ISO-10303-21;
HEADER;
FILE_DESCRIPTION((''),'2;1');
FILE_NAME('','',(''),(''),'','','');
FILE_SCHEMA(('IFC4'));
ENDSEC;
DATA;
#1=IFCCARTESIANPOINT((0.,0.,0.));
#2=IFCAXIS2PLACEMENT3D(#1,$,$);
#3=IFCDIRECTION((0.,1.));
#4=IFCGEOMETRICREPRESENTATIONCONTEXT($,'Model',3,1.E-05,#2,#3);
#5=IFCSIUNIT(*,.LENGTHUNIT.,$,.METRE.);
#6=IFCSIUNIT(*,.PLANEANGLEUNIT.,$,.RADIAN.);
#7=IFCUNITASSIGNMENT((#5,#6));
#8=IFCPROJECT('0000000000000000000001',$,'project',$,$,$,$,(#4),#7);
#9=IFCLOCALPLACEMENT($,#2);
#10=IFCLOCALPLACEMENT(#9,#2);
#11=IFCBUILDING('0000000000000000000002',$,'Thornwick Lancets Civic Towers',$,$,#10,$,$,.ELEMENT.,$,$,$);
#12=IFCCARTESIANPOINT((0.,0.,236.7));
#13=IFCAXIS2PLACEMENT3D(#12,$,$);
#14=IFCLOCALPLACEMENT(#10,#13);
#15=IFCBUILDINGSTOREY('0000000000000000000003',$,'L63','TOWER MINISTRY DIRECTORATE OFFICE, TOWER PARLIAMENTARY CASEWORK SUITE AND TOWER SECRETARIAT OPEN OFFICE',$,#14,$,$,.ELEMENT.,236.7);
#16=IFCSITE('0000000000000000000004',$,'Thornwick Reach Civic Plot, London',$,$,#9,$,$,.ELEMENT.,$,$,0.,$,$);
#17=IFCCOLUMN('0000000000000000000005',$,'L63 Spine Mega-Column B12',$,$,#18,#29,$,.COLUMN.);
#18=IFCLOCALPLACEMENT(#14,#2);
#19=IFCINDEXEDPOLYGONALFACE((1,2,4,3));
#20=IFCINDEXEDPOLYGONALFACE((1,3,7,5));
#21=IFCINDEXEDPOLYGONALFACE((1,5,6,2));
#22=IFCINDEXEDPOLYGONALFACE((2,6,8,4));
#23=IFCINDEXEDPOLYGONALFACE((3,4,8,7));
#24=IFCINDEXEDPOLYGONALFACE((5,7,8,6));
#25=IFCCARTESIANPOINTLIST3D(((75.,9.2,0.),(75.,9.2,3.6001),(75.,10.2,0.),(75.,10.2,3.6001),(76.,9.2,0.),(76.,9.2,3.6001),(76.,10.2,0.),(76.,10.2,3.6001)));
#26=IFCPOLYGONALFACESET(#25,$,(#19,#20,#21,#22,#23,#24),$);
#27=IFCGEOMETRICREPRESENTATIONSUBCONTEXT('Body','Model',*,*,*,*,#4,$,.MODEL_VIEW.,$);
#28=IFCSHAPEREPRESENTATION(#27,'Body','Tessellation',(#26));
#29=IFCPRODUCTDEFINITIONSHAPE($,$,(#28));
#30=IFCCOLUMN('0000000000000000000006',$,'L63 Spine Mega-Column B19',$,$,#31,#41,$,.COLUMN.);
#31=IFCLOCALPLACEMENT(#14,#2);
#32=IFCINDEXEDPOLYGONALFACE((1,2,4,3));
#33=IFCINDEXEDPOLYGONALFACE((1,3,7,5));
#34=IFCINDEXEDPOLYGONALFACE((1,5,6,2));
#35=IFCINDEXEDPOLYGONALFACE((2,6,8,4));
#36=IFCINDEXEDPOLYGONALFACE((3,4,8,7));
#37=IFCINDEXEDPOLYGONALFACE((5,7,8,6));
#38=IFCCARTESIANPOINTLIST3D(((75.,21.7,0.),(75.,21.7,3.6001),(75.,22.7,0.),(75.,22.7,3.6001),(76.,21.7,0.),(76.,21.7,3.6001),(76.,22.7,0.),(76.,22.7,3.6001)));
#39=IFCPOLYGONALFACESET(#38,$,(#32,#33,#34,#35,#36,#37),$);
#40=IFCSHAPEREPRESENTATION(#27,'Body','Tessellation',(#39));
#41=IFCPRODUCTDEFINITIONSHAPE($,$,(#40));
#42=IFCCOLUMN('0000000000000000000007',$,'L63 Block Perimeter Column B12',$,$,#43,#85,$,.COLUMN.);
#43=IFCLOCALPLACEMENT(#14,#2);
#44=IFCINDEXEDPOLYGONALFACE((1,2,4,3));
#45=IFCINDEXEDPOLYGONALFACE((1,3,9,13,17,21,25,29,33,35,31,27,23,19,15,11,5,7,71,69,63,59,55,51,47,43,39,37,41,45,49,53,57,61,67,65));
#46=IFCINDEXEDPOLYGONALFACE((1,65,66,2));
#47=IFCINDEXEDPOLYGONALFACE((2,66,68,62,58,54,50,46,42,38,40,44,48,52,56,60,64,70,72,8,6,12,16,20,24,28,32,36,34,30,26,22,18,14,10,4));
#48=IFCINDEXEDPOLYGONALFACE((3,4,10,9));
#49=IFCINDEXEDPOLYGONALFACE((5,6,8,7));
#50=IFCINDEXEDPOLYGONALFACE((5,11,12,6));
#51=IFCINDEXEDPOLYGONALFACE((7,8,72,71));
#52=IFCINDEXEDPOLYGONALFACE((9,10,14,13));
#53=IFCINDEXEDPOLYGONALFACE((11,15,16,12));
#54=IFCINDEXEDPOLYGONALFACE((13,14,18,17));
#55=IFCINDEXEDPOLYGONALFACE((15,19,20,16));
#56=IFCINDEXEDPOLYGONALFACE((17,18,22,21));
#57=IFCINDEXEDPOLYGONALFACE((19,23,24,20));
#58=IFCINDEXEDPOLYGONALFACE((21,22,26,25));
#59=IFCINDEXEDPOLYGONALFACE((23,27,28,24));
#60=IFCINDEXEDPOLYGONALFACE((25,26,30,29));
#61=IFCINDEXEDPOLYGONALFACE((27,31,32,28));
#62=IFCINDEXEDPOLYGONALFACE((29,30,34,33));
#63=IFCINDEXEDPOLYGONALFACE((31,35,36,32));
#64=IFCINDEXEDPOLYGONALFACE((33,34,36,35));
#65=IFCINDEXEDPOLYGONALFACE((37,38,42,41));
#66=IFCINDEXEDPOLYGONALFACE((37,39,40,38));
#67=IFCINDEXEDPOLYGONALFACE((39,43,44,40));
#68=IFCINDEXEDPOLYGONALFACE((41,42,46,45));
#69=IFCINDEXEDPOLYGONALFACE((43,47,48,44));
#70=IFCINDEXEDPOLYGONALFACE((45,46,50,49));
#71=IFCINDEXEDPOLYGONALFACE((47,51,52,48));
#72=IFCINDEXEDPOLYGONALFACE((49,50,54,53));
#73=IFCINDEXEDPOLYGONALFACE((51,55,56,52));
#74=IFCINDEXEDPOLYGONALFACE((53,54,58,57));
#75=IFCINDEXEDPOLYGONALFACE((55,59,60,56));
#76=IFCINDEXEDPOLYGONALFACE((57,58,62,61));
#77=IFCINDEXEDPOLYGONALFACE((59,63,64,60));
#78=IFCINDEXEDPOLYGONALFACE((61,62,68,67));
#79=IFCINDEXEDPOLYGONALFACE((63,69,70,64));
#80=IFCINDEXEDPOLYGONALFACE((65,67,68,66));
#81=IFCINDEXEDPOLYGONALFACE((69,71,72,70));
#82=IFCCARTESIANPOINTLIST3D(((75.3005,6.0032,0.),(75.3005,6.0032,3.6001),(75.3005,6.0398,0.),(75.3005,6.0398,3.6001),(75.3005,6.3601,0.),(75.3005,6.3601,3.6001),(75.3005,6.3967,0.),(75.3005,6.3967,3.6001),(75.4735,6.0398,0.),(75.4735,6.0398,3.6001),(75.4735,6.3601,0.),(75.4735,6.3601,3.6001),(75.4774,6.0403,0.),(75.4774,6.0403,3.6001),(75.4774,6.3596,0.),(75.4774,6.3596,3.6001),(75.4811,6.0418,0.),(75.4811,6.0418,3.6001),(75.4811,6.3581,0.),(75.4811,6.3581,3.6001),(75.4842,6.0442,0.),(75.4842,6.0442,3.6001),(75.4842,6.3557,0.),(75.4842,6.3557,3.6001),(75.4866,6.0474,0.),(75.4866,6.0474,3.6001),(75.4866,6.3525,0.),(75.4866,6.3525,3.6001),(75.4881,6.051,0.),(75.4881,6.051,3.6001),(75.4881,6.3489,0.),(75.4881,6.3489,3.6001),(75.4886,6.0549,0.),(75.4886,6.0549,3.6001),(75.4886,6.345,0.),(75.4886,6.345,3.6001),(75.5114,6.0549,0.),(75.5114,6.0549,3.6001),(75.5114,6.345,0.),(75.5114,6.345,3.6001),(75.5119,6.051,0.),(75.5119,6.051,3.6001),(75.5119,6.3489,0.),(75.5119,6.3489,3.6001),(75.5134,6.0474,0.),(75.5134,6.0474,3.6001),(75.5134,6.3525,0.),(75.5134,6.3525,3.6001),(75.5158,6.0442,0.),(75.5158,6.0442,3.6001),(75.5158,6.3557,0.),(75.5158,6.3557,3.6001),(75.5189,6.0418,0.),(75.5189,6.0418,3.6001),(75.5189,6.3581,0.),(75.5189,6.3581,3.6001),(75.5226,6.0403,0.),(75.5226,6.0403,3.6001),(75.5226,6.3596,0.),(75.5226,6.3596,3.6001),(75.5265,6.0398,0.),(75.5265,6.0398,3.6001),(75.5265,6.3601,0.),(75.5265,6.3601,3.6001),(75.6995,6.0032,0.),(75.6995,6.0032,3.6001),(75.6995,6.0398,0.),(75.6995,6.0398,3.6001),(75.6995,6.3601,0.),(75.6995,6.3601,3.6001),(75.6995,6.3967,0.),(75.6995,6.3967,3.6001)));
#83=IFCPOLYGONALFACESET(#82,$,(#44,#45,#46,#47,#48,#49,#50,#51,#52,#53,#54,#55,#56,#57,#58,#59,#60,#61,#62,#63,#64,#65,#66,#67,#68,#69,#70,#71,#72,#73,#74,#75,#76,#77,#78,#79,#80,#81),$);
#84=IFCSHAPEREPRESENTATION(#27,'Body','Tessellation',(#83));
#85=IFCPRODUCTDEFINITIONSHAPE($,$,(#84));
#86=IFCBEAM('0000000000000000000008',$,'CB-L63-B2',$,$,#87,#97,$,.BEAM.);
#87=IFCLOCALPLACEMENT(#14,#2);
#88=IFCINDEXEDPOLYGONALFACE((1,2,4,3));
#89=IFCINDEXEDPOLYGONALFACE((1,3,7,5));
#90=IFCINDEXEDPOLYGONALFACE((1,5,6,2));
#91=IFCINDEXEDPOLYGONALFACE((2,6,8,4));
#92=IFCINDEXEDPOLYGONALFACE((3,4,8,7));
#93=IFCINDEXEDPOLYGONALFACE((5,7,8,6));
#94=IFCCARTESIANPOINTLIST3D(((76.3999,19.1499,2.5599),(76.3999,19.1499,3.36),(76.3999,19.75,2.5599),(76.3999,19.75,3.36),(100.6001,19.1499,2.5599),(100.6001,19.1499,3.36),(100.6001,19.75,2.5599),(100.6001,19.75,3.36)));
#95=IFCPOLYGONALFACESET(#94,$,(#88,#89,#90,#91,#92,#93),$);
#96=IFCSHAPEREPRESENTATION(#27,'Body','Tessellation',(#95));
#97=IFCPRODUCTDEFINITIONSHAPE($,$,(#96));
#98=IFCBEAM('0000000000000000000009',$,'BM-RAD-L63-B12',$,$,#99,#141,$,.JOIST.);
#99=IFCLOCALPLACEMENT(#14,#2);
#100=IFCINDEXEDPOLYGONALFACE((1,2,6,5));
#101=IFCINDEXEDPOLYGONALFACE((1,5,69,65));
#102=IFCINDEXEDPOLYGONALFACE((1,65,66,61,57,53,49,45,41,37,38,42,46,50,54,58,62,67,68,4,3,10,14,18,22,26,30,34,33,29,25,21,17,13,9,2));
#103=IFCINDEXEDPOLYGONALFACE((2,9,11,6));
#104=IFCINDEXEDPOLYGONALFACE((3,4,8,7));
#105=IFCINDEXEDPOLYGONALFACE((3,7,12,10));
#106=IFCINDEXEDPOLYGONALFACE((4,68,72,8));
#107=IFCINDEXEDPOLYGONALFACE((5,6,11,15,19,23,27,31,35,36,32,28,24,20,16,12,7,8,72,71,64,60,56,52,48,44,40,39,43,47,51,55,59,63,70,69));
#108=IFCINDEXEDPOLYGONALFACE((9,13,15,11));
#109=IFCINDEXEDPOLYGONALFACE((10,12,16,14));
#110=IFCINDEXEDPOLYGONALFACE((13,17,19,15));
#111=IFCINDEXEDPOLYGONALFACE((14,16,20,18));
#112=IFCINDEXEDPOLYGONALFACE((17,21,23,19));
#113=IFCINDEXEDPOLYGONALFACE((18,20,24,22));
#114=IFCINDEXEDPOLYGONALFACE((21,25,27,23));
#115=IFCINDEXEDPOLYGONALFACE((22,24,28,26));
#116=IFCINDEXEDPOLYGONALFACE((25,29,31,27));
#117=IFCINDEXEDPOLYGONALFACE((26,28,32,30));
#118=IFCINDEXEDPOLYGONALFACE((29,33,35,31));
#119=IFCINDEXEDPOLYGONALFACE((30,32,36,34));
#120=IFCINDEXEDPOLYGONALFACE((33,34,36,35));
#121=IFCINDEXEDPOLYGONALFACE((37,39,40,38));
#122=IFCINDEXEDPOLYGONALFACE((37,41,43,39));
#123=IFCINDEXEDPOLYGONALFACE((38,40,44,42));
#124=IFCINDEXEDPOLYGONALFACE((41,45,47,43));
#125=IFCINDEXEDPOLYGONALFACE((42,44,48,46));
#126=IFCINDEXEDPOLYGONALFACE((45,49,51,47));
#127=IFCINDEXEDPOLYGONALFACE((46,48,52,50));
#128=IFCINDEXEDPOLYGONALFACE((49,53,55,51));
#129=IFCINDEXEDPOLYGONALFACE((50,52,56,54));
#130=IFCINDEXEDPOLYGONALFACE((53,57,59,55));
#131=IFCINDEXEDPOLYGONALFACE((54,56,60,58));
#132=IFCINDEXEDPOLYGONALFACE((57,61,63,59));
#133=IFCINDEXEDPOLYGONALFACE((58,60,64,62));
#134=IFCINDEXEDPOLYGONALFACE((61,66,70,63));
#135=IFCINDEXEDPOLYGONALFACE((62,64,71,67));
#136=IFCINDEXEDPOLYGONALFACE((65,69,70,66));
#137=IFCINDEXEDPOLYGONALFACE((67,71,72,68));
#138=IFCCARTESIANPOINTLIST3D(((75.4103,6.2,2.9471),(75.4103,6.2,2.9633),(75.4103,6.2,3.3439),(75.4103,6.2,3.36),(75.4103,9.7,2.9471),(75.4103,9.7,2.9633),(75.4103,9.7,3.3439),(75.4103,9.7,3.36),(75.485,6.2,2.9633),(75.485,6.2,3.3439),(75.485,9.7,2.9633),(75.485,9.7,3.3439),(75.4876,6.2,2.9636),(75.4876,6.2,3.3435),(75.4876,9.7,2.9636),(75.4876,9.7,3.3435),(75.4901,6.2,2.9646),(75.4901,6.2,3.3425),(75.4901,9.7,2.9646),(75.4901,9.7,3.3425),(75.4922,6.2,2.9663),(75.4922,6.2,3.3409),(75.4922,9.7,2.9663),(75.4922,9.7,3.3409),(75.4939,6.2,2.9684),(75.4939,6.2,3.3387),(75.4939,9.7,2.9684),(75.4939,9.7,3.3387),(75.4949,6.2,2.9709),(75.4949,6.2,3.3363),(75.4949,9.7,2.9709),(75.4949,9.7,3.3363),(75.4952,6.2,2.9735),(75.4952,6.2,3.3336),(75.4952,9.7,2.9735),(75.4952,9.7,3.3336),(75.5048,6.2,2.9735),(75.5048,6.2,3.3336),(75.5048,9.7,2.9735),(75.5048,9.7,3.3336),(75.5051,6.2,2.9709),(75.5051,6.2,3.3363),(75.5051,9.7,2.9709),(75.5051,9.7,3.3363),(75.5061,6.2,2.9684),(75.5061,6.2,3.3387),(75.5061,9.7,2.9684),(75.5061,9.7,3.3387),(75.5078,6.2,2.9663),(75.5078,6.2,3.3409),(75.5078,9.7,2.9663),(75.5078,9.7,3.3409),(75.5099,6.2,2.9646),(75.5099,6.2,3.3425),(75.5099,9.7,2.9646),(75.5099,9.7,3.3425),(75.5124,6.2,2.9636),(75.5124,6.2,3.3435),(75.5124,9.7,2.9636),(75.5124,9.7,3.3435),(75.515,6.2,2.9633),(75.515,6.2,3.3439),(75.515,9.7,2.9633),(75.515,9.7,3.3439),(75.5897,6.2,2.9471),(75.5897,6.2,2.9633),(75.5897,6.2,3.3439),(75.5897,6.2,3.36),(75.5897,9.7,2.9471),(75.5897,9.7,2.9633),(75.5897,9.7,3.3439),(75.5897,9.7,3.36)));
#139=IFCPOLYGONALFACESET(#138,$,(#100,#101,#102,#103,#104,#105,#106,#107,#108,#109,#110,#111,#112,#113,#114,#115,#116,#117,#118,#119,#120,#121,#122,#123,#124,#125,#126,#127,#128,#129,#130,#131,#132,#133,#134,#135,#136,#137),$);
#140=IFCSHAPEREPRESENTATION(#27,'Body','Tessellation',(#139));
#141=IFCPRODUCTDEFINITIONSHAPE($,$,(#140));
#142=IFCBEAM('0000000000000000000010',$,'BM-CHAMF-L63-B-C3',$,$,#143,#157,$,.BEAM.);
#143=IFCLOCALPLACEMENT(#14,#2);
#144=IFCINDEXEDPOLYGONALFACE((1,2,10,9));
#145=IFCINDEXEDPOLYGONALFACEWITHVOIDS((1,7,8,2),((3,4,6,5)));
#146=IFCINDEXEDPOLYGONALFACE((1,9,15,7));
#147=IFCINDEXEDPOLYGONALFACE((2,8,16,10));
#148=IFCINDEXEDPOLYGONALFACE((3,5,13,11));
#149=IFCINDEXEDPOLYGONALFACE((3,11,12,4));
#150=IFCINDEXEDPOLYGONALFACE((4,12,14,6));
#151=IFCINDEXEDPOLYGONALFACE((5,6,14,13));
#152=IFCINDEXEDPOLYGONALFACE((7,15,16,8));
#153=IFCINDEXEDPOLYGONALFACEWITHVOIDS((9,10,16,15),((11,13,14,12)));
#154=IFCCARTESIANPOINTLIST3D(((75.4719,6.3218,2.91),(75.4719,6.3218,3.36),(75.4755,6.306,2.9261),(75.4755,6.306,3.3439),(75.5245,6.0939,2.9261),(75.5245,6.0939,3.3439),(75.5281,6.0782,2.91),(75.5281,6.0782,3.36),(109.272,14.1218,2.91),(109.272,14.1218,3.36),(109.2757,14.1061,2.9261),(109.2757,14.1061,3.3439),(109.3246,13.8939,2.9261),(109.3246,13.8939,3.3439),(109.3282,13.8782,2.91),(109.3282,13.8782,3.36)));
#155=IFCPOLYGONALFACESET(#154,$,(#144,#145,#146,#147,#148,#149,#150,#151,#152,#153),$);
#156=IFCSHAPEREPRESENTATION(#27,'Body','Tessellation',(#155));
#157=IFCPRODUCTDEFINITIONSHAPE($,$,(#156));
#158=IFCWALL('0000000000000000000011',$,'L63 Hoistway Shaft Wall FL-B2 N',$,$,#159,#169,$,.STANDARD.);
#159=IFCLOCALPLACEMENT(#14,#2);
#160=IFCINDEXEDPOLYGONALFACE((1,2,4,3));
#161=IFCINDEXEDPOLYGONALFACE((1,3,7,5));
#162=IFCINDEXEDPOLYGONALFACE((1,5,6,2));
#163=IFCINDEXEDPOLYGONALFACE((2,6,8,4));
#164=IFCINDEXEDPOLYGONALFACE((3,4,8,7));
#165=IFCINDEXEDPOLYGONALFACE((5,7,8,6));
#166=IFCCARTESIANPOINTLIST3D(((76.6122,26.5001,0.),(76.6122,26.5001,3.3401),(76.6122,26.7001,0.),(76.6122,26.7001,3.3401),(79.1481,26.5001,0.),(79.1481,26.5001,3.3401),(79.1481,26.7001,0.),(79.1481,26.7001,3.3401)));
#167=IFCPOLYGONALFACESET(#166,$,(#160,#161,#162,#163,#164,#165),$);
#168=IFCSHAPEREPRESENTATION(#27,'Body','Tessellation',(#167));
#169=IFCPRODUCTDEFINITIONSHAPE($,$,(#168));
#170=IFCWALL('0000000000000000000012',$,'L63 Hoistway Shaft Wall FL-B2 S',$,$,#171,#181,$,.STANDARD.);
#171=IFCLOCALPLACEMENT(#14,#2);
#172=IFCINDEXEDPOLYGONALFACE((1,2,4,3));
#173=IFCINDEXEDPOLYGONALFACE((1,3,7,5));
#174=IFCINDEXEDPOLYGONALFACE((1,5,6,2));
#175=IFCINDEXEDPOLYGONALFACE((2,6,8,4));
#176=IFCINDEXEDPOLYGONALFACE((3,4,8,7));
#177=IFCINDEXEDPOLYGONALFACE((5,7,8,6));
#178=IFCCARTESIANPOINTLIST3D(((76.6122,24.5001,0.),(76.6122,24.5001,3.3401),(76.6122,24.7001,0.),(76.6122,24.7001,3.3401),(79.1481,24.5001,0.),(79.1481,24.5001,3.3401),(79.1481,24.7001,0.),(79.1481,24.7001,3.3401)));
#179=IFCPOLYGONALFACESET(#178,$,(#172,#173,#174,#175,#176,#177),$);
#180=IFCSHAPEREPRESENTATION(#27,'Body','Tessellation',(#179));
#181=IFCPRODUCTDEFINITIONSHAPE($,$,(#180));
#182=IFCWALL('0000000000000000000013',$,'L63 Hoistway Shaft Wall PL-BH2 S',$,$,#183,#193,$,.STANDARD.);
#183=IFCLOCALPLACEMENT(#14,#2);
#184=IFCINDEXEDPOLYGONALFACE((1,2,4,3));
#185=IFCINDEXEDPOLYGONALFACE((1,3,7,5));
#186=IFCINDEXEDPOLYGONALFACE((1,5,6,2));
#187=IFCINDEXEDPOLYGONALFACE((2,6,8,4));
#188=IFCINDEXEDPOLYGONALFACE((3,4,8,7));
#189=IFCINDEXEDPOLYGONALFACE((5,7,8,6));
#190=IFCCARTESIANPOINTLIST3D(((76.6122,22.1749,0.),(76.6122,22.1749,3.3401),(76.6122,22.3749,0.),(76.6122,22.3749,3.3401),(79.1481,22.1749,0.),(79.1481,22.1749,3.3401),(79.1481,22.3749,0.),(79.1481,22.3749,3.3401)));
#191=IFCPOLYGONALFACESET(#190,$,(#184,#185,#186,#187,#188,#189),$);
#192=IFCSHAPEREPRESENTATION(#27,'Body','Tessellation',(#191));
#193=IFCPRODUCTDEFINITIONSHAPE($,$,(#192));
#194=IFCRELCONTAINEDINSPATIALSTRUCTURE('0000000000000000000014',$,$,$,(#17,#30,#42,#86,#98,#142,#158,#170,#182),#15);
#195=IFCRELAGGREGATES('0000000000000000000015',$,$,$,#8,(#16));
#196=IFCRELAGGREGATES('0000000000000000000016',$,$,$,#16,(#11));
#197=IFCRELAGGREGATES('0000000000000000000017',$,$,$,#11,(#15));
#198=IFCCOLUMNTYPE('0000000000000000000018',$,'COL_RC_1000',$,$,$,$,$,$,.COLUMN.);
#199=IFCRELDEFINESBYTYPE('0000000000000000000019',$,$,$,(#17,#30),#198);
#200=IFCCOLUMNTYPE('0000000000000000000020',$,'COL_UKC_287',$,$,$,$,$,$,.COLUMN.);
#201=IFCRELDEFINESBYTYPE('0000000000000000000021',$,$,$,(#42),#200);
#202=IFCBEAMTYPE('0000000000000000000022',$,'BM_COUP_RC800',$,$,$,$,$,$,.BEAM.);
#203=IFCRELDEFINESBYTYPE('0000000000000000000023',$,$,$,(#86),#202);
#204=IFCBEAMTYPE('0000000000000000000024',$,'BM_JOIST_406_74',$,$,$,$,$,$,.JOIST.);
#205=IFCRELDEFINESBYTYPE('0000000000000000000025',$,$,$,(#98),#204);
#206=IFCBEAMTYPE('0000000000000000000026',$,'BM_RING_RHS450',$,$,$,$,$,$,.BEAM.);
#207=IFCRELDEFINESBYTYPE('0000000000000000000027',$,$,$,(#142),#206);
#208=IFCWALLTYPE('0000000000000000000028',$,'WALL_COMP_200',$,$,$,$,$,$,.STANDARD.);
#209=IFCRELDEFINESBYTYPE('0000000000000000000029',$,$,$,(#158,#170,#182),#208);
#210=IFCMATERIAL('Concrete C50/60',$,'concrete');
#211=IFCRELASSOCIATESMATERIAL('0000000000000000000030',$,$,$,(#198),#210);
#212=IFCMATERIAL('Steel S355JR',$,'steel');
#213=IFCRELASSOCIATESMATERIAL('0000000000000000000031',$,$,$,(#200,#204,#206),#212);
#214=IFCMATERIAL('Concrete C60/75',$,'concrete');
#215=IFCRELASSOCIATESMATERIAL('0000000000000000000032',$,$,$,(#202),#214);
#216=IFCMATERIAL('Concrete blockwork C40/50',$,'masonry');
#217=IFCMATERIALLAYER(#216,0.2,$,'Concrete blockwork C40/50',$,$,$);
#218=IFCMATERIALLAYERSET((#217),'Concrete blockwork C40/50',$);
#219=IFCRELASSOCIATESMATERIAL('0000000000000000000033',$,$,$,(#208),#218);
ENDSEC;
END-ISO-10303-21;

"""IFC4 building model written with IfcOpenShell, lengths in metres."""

from ifc_helpers import new_model, si_unit, direction, frame, frame_2d, origin, origin_2d, place, context, subcontext, project, spatial, rectangle, hollow_rectangle, i_section, extrude, material, layer, layer_set, material_profile, profile_set, type_object, element, save


model = new_model("IFC4")

# Units and contexts
model_context = context("Model", 3, precision=1e-05, world=origin(), true_north=direction((0.0, 1.0)))
body_context = subcontext(model_context, "Body", "Model", "MODEL_VIEW")
ifc_project = project(units=[si_unit("LENGTHUNIT", "METRE"), si_unit("PLANEANGLEUNIT", "RADIAN")], contexts=[model_context])

# Site, building, storey
site_placement = place(None, origin())
site = spatial("IfcSite", under=ifc_project, at=site_placement, Name="Thornwick Reach Civic Plot, London", CompositionType="ELEMENT", RefElevation=0.0)
building_placement = place(site_placement, origin())
building = spatial("IfcBuilding", under=site, at=building_placement, Name="Thornwick Lancets Civic Towers", CompositionType="ELEMENT")
storey_placement = place(building_placement, frame((0.0, 0.0, 236.7)))
storey = spatial("IfcBuildingStorey", under=building, at=storey_placement, Name="L63", Description="TOWER MINISTRY DIRECTORATE OFFICE, TOWER PARLIAMENTARY CASEWORK SUITE AND TOWER SECRETARIAT OPEN OFFICE", CompositionType="ELEMENT", Elevation=236.7)

# Columns
ifc_material_1 = material(Name="Concrete C50/60", Category="concrete")
ifc_material_profile_1 = material_profile(ifc_material_1, rectangle(XDim=1.0, YDim=1.0, at=origin_2d()), Name="RC 1000x1000")
ifc_profile_set_1 = profile_set([ifc_material_profile_1], Name="Concrete C50/60")
column_type_1 = type_object("IfcColumnType", Name="COL_RC_1000", PredefinedType="COLUMN", material=ifc_profile_set_1)
for number, where, z_axis, x_axis, name in (
    (1, (75.5, 9.7, 0.0), (0.0, 0.0, 1.0), (1.0, 0.0, 0.0), "L63 Spine Mega-Column B12"),
    (2, (75.5, 22.2, 0.0), (0.0, 0.0, 1.0), (1.0, 0.0, 0.0), "L63 Spine Mega-Column B19"),
):
    element("IfcColumn", number, at=place(storey_placement, frame(where, z_axis=z_axis, x_axis=x_axis)), inside=storey, type_object=column_type_1, Name=name, PredefinedType="COLUMN", context=body_context, shape_type="SweptSolid", body=[
        extrude(rectangle(XDim=1.0, YDim=1.0, at=origin_2d()), origin(), (0.0, 0.0, 1.0), 3.6001),
    ])
ifc_material_2 = material(Name="Steel S355JR", Category="steel")
ifc_material_profile_2 = material_profile(ifc_material_2, i_section(OverallWidth=0.3989, OverallDepth=0.3936, WebThickness=0.0227, FlangeThickness=0.0366, FilletRadius=0.0151, at=origin_2d()), Name="UKC 356x406x287")
ifc_profile_set_2 = profile_set([ifc_material_profile_2], Name="Steel S355JR")
column_type_2 = type_object("IfcColumnType", Name="COL_UKC_287", PredefinedType="COLUMN", material=ifc_profile_set_2)
column_placement = place(storey_placement, frame((75.5, 6.2, 0.0), z_axis=(0.0, 0.0, 1.0), x_axis=(1.0, 0.0, 0.0)))
element("IfcColumn", 3, at=column_placement, inside=storey, type_object=column_type_2, Name="L63 Block Perimeter Column B12", PredefinedType="COLUMN", context=body_context, shape_type="SweptSolid", body=[
    extrude(i_section(OverallWidth=0.3989, OverallDepth=0.3936, WebThickness=0.0227, FlangeThickness=0.0366, FilletRadius=0.0151, at=origin_2d()), origin(), (0.0, 0.0, 1.0), 3.6001),
])

# Beams
ifc_material_3 = material(Name="Concrete C60/75", Category="concrete")
ifc_material_profile_3 = material_profile(ifc_material_3, rectangle(XDim=0.6001, YDim=0.8, at=origin_2d()), Name="RC 600x800")
ifc_profile_set_3 = profile_set([ifc_material_profile_3], Name="Concrete C60/75")
beam_type_1 = type_object("IfcBeamType", Name="BM_COUP_RC800", PredefinedType="BEAM", material=ifc_profile_set_3)
beam_1_placement = place(storey_placement, frame((76.3999, 19.45, 2.96), z_axis=(1.0, 0.0, 0.0), x_axis=(0.0, 1.0, 0.0)))
element("IfcBeam", 4, at=beam_1_placement, inside=storey, type_object=beam_type_1, Name="CB-L63-B2", PredefinedType="BEAM", context=body_context, shape_type="SweptSolid", body=[
    extrude(rectangle(XDim=0.6001, YDim=0.8, at=origin_2d()), origin(), (0.0, 0.0, 1.0), 24.2002),
])
ifc_material_profile_4 = material_profile(ifc_material_2, i_section(OverallWidth=0.1794, OverallDepth=0.4128, WebThickness=0.0095, FlangeThickness=0.0161, FilletRadius=0.0103, at=origin_2d()), Name="UKB 406x178x74")
ifc_profile_set_4 = profile_set([ifc_material_profile_4], Name="Steel S355JR")
beam_type_2 = type_object("IfcBeamType", Name="BM_JOIST_406_74", PredefinedType="JOIST", material=ifc_profile_set_4)
beam_2_placement = place(storey_placement, frame((75.5, 9.7, 3.1536), z_axis=(0.0, -1.0, 0.0), x_axis=(1.0, 0.0, 0.0)))
element("IfcBeam", 5, at=beam_2_placement, inside=storey, type_object=beam_type_2, Name="BM-RAD-L63-B12", PredefinedType="JOIST", context=body_context, shape_type="SweptSolid", body=[
    extrude(i_section(OverallWidth=0.1794, OverallDepth=0.4128, WebThickness=0.0095, FlangeThickness=0.0161, FilletRadius=0.0103, at=origin_2d()), origin(), (0.0, 0.0, 1.0), 3.5),
])
ifc_material_profile_5 = material_profile(ifc_material_2, hollow_rectangle(XDim=0.25, YDim=0.45, WallThickness=0.0161, at=origin_2d()), Name="RHS 450x250x16")
ifc_profile_set_5 = profile_set([ifc_material_profile_5], Name="Steel S355JR")
beam_type_3 = type_object("IfcBeamType", Name="BM_RING_RHS450", PredefinedType="BEAM", material=ifc_profile_set_5)
beam_3_placement = place(storey_placement, frame((75.5, 6.2, 3.135), z_axis=(0.974391, 0.224861, 0.0), x_axis=(-0.224861, 0.974391, 0.0)))
element("IfcBeam", 6, at=beam_3_placement, inside=storey, type_object=beam_type_3, Name="BM-CHAMF-L63-B-C3", PredefinedType="BEAM", context=body_context, shape_type="SweptSolid", body=[
    extrude(hollow_rectangle(XDim=0.25, YDim=0.45, WallThickness=0.0161, at=origin_2d()), origin(), (0.0, 0.0, 1.0), 34.6885),
])

# Walls
ifc_material_4 = material(Name="Concrete blockwork C40/50", Category="masonry")
ifc_layer_1 = layer(ifc_material_4, 0.2, Name="Concrete blockwork C40/50")
ifc_layer_set_1 = layer_set([ifc_layer_1], Name="Concrete blockwork C40/50")
wall_type_1 = type_object("IfcWallType", Name="WALL_COMP_200", PredefinedType="STANDARD", material=ifc_layer_set_1)
for number, where, z_axis, x_axis, name in (
    (7, (76.6121, 26.6001, 0.0), (0.0, 0.0, 1.0), (1.0, 0.0, 0.0), "L63 Hoistway Shaft Wall FL-B2 N"),
    (8, (76.6121, 24.6001, 0.0), (0.0, 0.0, 1.0), (1.0, 0.0, 0.0), "L63 Hoistway Shaft Wall FL-B2 S"),
    (9, (76.6121, 22.2749, 0.0), (0.0, 0.0, 1.0), (1.0, 0.0, 0.0), "L63 Hoistway Shaft Wall PL-BH2 S"),
):
    element("IfcWall", number, at=place(storey_placement, frame(where, z_axis=z_axis, x_axis=x_axis)), inside=storey, type_object=wall_type_1, Name=name, PredefinedType="STANDARD", context=body_context, shape_type="SweptSolid", body=[
        extrude(rectangle(XDim=2.5359, YDim=0.2, at=frame_2d((1.2681, 0.0))), origin(), (0.0, 0.0, 1.0), 3.3401),
    ])

save(model, "model.ifc")
